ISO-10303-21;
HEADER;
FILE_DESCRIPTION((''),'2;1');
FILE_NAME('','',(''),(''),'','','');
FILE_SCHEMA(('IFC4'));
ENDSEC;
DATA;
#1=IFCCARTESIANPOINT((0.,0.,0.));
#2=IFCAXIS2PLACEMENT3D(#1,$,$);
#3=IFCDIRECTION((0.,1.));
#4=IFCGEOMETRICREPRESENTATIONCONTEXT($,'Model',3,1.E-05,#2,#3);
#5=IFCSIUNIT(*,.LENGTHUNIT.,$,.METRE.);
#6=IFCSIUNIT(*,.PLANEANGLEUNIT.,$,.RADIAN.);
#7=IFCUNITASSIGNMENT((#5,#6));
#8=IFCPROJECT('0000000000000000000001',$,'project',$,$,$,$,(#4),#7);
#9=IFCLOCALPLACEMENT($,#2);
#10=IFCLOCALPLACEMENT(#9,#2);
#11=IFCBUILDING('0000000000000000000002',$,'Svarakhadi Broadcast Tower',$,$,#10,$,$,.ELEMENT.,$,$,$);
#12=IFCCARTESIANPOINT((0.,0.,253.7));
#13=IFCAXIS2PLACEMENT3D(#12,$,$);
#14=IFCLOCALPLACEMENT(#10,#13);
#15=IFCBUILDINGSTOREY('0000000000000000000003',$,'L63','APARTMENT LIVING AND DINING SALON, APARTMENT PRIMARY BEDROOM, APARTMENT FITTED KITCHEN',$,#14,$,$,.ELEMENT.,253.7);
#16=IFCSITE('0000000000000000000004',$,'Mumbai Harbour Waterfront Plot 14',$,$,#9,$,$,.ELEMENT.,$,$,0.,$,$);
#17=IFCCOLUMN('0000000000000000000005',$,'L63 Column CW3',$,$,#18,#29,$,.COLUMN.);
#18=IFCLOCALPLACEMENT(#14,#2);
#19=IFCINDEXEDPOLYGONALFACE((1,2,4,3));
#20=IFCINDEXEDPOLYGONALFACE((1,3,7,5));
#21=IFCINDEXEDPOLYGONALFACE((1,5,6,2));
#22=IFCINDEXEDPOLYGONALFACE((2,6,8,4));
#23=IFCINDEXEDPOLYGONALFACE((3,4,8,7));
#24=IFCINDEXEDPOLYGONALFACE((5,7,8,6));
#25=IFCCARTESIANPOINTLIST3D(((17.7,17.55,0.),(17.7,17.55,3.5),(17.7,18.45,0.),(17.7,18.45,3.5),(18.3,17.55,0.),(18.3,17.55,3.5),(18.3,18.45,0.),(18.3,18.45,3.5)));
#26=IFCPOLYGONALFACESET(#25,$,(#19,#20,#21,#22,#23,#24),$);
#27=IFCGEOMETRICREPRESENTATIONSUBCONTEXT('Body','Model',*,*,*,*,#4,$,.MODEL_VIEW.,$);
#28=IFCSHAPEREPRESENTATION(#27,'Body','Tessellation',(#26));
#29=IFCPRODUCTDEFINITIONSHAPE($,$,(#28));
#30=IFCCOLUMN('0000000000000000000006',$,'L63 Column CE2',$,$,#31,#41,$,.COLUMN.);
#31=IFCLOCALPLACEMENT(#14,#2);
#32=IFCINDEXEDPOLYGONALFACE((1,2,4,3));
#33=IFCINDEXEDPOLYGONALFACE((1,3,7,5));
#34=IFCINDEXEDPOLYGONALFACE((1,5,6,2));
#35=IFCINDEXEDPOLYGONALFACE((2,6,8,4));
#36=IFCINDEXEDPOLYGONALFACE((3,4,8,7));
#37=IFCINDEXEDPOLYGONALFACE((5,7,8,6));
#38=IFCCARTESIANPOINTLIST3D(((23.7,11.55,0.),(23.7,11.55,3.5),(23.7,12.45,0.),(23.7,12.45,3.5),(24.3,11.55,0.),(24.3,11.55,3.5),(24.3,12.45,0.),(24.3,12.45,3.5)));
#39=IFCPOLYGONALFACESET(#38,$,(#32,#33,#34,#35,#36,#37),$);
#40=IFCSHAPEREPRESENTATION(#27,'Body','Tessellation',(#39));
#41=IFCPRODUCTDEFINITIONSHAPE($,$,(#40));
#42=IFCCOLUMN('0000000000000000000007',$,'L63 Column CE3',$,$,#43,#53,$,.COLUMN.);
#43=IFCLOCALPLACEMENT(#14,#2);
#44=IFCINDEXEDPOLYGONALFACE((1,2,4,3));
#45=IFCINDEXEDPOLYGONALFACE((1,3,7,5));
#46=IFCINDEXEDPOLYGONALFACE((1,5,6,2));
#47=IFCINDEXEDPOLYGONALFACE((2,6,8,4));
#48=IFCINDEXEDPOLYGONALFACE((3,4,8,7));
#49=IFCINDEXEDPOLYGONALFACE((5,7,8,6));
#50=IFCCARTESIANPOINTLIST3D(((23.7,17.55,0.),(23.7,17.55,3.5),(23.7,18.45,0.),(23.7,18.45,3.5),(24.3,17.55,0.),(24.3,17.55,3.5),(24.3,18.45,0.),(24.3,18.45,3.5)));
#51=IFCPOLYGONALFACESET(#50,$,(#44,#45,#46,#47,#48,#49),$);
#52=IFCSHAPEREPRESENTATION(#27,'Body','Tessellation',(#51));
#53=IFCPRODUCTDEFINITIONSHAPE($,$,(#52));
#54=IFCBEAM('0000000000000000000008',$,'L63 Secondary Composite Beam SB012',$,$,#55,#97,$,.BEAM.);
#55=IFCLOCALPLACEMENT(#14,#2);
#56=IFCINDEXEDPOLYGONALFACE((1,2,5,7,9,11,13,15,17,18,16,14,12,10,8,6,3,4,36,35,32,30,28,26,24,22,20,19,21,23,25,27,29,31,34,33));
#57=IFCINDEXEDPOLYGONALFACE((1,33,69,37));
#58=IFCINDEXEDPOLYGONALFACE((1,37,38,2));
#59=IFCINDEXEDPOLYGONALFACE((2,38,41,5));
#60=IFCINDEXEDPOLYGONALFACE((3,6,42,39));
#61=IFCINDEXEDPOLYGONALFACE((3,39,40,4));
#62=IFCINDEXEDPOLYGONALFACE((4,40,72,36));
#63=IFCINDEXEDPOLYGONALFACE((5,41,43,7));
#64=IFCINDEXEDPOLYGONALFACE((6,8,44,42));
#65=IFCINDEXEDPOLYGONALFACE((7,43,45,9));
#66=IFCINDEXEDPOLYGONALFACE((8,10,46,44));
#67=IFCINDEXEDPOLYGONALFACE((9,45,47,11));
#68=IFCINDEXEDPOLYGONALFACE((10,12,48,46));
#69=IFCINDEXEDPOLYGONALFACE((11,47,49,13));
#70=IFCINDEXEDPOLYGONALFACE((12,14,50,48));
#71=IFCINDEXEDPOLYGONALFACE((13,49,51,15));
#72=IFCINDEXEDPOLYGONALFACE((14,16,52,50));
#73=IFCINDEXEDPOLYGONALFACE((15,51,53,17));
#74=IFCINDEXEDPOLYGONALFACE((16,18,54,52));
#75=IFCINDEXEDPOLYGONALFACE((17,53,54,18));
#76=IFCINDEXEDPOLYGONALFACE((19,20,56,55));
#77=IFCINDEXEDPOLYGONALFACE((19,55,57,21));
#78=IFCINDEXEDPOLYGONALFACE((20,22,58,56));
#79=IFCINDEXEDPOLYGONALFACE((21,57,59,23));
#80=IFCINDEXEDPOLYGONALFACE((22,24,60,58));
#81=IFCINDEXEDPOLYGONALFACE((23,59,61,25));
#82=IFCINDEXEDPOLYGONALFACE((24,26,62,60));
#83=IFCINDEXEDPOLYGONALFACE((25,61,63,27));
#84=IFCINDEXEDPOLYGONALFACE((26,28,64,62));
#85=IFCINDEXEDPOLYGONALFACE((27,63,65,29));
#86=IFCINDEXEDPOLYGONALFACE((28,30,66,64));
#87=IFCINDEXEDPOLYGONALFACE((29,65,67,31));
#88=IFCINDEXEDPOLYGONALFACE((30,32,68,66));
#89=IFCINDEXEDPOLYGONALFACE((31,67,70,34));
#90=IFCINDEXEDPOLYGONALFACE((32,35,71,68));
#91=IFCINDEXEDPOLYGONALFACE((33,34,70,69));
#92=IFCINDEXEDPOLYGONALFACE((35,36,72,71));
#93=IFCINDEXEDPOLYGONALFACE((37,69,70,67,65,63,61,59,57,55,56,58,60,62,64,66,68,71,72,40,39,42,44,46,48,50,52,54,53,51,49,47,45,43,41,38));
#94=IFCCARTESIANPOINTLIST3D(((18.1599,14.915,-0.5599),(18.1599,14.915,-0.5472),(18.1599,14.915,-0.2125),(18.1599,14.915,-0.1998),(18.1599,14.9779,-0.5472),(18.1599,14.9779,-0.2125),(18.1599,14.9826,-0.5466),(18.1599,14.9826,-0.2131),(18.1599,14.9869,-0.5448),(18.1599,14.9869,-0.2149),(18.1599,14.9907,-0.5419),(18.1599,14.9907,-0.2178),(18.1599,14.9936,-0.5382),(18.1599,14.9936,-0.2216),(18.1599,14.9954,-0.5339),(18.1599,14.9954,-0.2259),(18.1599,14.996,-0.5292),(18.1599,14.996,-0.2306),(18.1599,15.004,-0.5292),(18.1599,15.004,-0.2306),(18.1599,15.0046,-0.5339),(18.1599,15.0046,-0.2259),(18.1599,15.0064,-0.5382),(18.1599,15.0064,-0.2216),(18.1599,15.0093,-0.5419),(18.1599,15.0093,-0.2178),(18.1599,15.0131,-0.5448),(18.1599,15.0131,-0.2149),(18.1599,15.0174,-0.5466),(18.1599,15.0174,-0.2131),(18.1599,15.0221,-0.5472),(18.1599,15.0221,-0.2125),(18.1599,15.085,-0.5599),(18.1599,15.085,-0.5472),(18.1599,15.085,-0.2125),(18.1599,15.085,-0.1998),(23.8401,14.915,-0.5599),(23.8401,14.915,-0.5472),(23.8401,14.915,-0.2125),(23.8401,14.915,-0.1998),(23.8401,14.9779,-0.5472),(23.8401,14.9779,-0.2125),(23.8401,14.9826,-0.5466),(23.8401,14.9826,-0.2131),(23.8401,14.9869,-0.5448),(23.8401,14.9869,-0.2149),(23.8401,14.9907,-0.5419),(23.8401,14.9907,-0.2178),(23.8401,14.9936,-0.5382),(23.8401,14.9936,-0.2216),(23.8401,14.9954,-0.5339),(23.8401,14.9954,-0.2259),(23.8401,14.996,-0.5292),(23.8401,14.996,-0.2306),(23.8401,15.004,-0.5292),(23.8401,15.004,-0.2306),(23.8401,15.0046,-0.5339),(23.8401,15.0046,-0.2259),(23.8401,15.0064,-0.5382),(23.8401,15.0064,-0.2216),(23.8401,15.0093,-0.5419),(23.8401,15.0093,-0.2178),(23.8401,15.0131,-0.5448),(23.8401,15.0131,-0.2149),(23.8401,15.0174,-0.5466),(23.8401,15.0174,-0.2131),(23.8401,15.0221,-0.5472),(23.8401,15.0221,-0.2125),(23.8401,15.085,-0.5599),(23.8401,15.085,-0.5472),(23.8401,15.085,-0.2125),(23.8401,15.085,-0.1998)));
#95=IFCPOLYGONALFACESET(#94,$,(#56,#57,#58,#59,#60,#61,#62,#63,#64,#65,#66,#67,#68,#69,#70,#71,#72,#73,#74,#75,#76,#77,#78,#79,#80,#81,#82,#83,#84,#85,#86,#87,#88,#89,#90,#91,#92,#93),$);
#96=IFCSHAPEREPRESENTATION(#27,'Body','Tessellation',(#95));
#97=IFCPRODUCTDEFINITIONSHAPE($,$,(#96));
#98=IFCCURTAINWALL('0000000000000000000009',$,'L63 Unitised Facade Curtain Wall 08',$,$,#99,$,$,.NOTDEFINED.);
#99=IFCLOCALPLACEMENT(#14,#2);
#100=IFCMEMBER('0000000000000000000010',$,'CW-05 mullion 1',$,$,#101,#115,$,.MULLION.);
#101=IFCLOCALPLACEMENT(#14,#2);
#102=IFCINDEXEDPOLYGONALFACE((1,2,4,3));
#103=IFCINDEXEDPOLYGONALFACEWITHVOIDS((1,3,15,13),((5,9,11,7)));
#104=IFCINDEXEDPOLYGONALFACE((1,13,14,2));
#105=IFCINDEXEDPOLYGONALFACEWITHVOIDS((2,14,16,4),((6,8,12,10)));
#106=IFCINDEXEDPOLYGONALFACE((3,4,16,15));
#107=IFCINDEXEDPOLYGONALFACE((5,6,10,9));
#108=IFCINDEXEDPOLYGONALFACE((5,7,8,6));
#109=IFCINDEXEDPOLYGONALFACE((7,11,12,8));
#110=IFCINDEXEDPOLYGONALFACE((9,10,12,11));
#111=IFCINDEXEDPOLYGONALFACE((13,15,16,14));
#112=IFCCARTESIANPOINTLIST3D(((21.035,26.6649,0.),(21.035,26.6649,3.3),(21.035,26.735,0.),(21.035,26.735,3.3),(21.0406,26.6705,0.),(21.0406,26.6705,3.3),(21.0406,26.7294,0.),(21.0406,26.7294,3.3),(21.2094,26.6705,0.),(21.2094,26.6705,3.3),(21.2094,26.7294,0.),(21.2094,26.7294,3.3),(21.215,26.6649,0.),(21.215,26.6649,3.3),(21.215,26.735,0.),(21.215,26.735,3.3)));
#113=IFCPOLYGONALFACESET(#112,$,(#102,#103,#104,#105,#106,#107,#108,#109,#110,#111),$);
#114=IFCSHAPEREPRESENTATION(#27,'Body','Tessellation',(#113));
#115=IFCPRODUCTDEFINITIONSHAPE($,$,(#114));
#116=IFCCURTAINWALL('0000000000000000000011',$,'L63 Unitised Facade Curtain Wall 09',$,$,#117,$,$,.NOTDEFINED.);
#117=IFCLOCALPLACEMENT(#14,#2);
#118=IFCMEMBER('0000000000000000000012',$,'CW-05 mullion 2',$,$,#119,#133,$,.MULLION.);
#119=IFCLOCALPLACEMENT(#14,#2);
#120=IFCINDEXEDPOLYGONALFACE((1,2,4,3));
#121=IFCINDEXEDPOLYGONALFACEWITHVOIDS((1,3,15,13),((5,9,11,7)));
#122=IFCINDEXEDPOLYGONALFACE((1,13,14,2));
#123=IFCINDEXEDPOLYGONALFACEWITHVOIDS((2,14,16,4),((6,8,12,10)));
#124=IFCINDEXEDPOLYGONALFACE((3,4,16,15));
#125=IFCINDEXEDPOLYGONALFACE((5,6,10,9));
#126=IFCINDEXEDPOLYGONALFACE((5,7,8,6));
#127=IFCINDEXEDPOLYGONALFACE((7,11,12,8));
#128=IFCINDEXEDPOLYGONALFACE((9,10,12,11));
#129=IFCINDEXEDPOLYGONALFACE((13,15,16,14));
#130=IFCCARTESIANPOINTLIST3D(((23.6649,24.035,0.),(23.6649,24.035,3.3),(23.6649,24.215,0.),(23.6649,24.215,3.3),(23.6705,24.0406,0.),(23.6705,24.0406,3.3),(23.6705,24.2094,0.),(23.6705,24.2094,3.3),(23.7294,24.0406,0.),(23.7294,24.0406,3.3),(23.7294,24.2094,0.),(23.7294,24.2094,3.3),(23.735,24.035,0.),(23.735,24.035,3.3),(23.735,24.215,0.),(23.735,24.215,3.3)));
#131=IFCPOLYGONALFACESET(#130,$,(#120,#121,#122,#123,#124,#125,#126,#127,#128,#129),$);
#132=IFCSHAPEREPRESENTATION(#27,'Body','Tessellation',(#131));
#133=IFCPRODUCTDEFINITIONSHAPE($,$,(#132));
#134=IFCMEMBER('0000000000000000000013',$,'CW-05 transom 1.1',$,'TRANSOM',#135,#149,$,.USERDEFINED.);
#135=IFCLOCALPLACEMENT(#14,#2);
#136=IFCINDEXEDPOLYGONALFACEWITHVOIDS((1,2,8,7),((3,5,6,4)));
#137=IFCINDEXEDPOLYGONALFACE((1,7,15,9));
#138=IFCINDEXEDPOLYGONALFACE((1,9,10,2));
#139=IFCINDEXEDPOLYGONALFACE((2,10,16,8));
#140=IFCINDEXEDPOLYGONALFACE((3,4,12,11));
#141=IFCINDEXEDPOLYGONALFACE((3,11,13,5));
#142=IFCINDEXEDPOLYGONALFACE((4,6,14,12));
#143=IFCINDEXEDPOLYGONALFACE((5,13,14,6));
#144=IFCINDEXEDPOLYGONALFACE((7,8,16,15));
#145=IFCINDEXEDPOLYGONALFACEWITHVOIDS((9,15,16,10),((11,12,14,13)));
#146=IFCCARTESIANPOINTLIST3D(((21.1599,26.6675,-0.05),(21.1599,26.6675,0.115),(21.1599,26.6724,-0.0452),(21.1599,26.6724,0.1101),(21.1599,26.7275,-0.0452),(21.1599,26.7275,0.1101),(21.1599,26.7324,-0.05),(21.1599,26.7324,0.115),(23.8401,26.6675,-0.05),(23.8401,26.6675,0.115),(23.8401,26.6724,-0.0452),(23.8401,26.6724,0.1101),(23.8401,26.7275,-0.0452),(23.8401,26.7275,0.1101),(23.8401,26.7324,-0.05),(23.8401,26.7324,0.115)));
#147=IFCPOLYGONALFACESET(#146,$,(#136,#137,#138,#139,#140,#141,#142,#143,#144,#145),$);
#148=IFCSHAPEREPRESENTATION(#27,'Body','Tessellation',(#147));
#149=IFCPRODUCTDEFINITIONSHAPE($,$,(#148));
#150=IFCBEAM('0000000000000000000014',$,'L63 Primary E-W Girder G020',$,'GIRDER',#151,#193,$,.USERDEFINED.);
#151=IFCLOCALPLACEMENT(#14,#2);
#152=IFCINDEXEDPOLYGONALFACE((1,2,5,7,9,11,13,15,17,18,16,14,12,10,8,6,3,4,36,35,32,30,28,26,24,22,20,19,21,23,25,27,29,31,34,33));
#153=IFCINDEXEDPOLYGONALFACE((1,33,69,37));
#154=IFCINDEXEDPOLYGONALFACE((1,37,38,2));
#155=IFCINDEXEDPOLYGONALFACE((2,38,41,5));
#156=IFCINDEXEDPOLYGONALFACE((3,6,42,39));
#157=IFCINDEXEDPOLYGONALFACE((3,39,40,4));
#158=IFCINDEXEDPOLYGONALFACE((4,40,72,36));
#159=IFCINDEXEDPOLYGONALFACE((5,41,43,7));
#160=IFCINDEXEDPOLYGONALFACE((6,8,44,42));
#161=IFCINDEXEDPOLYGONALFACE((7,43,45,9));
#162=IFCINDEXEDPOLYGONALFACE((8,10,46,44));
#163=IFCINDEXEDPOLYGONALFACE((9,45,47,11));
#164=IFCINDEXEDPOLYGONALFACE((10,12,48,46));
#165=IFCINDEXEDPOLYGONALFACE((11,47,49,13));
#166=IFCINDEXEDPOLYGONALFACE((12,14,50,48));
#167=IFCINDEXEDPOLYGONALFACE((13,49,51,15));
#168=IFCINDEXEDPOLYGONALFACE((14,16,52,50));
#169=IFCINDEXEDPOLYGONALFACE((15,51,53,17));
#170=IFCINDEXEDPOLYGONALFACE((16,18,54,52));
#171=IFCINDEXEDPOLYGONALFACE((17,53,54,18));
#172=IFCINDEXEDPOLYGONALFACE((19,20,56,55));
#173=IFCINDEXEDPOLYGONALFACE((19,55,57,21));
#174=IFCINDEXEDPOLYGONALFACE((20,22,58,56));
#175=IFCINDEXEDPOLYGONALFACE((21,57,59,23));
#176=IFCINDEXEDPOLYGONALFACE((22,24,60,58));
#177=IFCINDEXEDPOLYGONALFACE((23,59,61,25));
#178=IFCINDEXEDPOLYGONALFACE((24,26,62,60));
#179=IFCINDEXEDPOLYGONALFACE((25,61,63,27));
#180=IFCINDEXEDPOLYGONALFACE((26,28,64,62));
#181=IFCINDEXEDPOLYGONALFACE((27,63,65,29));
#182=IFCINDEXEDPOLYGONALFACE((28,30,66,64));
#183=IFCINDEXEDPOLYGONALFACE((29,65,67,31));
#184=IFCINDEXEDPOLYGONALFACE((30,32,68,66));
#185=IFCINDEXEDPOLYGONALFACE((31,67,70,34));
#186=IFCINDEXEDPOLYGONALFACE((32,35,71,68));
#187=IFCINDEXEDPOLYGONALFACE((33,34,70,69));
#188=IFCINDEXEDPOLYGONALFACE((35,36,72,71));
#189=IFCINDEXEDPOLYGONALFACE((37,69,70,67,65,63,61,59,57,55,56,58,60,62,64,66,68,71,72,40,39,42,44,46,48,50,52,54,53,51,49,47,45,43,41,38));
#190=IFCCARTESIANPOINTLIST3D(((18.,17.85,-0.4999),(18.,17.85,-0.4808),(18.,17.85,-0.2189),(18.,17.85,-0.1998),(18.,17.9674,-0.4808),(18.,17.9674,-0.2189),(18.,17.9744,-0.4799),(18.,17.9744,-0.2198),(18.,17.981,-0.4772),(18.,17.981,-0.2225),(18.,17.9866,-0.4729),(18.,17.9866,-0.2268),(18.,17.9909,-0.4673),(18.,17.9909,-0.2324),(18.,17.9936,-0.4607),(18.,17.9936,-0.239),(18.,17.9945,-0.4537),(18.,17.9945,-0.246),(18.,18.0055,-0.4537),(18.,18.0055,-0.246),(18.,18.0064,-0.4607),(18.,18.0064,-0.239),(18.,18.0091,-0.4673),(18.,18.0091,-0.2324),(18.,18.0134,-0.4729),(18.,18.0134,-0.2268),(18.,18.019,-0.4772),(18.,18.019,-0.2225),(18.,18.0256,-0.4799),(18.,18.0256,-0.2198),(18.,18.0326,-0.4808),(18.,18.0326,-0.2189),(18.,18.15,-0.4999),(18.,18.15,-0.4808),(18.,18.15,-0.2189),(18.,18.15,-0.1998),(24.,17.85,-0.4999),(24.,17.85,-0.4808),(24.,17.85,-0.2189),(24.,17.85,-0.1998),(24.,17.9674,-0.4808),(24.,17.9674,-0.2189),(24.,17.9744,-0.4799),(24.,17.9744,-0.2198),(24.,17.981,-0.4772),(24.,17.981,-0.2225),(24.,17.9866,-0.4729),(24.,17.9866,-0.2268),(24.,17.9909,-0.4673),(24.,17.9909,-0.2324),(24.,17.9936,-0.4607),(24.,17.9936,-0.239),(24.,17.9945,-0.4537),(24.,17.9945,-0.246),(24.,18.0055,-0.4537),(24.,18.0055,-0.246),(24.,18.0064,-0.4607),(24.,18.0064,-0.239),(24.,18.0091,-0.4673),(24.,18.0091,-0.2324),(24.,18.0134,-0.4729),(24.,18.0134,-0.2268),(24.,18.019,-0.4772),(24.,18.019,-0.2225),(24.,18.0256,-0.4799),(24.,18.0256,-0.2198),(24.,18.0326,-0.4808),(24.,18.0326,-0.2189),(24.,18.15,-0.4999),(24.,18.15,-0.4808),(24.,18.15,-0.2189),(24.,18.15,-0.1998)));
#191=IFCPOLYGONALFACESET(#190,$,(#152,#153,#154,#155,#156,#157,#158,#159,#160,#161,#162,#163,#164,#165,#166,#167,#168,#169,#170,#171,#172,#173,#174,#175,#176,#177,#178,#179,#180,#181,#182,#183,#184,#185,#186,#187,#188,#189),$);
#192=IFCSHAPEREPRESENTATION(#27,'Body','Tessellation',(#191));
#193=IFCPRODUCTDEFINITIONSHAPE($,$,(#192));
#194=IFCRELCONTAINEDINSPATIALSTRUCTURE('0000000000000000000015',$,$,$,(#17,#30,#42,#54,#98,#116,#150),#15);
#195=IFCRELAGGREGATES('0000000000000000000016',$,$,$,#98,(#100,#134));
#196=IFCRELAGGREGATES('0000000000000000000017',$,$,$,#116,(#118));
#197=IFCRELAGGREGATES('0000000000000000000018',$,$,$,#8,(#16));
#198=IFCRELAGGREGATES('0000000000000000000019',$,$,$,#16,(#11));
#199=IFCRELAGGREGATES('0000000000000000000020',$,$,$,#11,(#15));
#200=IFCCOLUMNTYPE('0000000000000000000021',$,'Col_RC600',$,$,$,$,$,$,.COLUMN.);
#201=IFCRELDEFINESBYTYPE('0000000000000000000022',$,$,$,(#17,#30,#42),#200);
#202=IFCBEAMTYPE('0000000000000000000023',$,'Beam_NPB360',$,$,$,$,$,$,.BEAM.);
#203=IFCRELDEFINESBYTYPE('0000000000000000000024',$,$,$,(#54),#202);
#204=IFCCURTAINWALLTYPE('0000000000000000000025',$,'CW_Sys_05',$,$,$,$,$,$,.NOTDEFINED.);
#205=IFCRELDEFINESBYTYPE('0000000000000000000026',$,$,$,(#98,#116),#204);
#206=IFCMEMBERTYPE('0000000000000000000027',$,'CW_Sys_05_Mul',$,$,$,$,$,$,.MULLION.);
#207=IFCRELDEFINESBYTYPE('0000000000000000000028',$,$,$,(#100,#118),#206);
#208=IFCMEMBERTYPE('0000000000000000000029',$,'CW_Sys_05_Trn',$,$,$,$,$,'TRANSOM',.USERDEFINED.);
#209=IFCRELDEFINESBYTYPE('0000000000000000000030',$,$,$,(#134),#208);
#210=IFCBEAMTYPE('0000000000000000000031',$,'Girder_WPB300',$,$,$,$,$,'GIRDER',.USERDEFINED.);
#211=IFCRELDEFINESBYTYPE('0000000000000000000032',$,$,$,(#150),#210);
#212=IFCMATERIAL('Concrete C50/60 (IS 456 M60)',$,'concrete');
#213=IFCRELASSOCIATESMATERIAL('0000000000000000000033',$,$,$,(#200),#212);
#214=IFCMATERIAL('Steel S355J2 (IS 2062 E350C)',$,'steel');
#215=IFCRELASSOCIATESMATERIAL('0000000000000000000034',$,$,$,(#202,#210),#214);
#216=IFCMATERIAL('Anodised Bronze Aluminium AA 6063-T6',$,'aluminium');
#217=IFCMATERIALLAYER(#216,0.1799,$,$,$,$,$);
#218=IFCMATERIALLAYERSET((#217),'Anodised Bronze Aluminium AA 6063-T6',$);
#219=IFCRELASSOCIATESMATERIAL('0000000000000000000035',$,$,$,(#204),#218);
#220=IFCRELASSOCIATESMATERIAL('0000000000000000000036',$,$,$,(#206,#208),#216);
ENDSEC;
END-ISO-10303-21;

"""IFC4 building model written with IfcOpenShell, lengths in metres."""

from ifc_helpers import new_model, si_unit, direction, frame, origin, origin_2d, place, context, subcontext, project, spatial, rectangle, hollow_rectangle, i_section, extrude, material, layer, layer_set, material_profile, profile_set, type_object, element, aggregate, save


model = new_model("IFC4")

# Units and contexts
model_context = context("Model", 3, precision=1e-05, world=origin(), true_north=direction((0.0, 1.0)))
body_context = subcontext(model_context, "Body", "Model", "MODEL_VIEW")
ifc_project = project(units=[si_unit("LENGTHUNIT", "METRE"), si_unit("PLANEANGLEUNIT", "RADIAN")], contexts=[model_context])

# Site, building, storey
site_placement = place(None, origin())
site = spatial("IfcSite", under=ifc_project, at=site_placement, Name="Mumbai Harbour Waterfront Plot 14", CompositionType="ELEMENT", RefElevation=0.0)
building_placement = place(site_placement, origin())
building = spatial("IfcBuilding", under=site, at=building_placement, Name="Svarakhadi Broadcast Tower", CompositionType="ELEMENT")
storey_placement = place(building_placement, frame((0.0, 0.0, 253.7)))
storey = spatial("IfcBuildingStorey", under=building, at=storey_placement, Name="L63", Description="APARTMENT LIVING AND DINING SALON, APARTMENT PRIMARY BEDROOM, APARTMENT FITTED KITCHEN", CompositionType="ELEMENT", Elevation=253.7)

# Columns
ifc_material_1 = material(Name="Concrete C50/60 (IS 456 M60)", Category="concrete")
ifc_material_profile_1 = material_profile(ifc_material_1, rectangle(XDim=0.6001, YDim=0.8999, at=origin_2d()), Name="RC 600x900")
ifc_profile_set_1 = profile_set([ifc_material_profile_1], Name="Concrete C50/60 (IS 456 M60)")
column_type = type_object("IfcColumnType", Name="Col_RC600", PredefinedType="COLUMN", material=ifc_profile_set_1)
for number, where, z_axis, x_axis, name in (
    (1, (18.0, 18.0, 0.0), (0.0, 0.0, 1.0), (1.0, 0.0, 0.0), "L63 Column CW3"),
    (2, (24.0, 12.0, 0.0), (0.0, 0.0, 1.0), (1.0, 0.0, 0.0), "L63 Column CE2"),
    (3, (24.0, 18.0, 0.0), (0.0, 0.0, 1.0), (1.0, 0.0, 0.0), "L63 Column CE3"),
):
    element("IfcColumn", number, at=place(storey_placement, frame(where, z_axis=z_axis, x_axis=x_axis)), inside=storey, type_object=column_type, Name=name, PredefinedType="COLUMN", context=body_context, shape_type="SweptSolid", body=[
        extrude(rectangle(XDim=0.6001, YDim=0.8999, at=origin_2d()), origin(), (0.0, 0.0, 1.0), 3.5),
    ])

# Beam
ifc_material_2 = material(Name="Steel S355J2 (IS 2062 E350C)", Category="steel")
ifc_material_profile_2 = material_profile(ifc_material_2, i_section(OverallWidth=0.1699, OverallDepth=0.3601, WebThickness=0.0081, FlangeThickness=0.0127, FilletRadius=0.0181, at=origin_2d()), Name="NPB 360x170x57")
ifc_profile_set_2 = profile_set([ifc_material_profile_2], Name="Steel S355J2 (IS 2062 E350C)")
beam_type_1 = type_object("IfcBeamType", Name="Beam_NPB360", PredefinedType="BEAM", material=ifc_profile_set_2)
beam_1_placement = place(storey_placement, frame((18.1599, 15.0, -0.3799), z_axis=(1.0, 0.0, 0.0), x_axis=(0.0, 1.0, 0.0)))
element("IfcBeam", 4, at=beam_1_placement, inside=storey, type_object=beam_type_1, Name="L63 Secondary Composite Beam SB012", PredefinedType="BEAM", context=body_context, shape_type="SweptSolid", body=[
    extrude(i_section(OverallWidth=0.1699, OverallDepth=0.3601, WebThickness=0.0081, FlangeThickness=0.0127, FilletRadius=0.0181, at=origin_2d()), origin(), (0.0, 0.0, 1.0), 5.6802),
])

# Curtain walls, members
ifc_material_3 = material(Name="Anodised Bronze Aluminium AA 6063-T6", Category="aluminium")
ifc_layer_1 = layer(ifc_material_3, 0.1799)
ifc_layer_set_1 = layer_set([ifc_layer_1], Name="Anodised Bronze Aluminium AA 6063-T6")
curtain_wall_type = type_object("IfcCurtainWallType", Name="CW_Sys_05", PredefinedType="NOTDEFINED", material=ifc_layer_set_1)
curtain_wall_1_placement = place(storey_placement, origin())
curtain_wall_1 = element("IfcCurtainWall", 5, at=curtain_wall_1_placement, inside=storey, type_object=curtain_wall_type, Name="L63 Unitised Facade Curtain Wall 08", PredefinedType="NOTDEFINED")
ifc_material_profile_3 = material_profile(ifc_material_3, hollow_rectangle(XDim=0.0701, YDim=0.1799, WallThickness=0.0056, at=origin_2d()), Name="ALU MULLION 180x70x6")
ifc_profile_set_3 = profile_set([ifc_material_profile_3], Name="Anodised Bronze Aluminium AA 6063-T6")
member_type_1 = type_object("IfcMemberType", Name="CW_Sys_05_Mul", PredefinedType="MULLION", material=ifc_profile_set_3)
member_1_placement = place(storey_placement, frame((21.125, 26.7, 0.0), z_axis=(0.0, 0.0, 1.0), x_axis=(0.0, 1.0, 0.0)))
member_1 = element("IfcMember", 6, at=member_1_placement, type_object=member_type_1, Name="CW-05 mullion 1", PredefinedType="MULLION", context=body_context, shape_type="SweptSolid", body=[
    extrude(hollow_rectangle(XDim=0.0701, YDim=0.1799, WallThickness=0.0056, at=origin_2d()), origin(), (0.0, 0.0, 1.0), 3.3),
])
curtain_wall_2_placement = place(storey_placement, origin())
curtain_wall_2 = element("IfcCurtainWall", 7, at=curtain_wall_2_placement, inside=storey, type_object=curtain_wall_type, Name="L63 Unitised Facade Curtain Wall 09", PredefinedType="NOTDEFINED")
member_2_placement = place(storey_placement, frame((23.7, 24.125, 0.0), z_axis=(0.0, 0.0, 1.0), x_axis=(1.0, 0.0, 0.0)))
member_2 = element("IfcMember", 8, at=member_2_placement, type_object=member_type_1, Name="CW-05 mullion 2", PredefinedType="MULLION", context=body_context, shape_type="SweptSolid", body=[
    extrude(hollow_rectangle(XDim=0.0701, YDim=0.1799, WallThickness=0.0056, at=origin_2d()), origin(), (0.0, 0.0, 1.0), 3.3),
])

# Member
ifc_material_profile_4 = material_profile(ifc_material_3, hollow_rectangle(XDim=0.0649, YDim=0.165, WallThickness=0.0049, at=origin_2d()), Name="ALU TRANSOM 165x65x5")
ifc_profile_set_4 = profile_set([ifc_material_profile_4], Name="Anodised Bronze Aluminium AA 6063-T6")
member_type_2 = type_object("IfcMemberType", Name="CW_Sys_05_Trn", ElementType="TRANSOM", PredefinedType="USERDEFINED", material=ifc_profile_set_4)
member_3_placement = place(storey_placement, frame((21.1599, 26.7, 0.0325), z_axis=(1.0, 0.0, 0.0), x_axis=(0.0, 1.0, 0.0)))
member_3 = element("IfcMember", 9, at=member_3_placement, type_object=member_type_2, Name="CW-05 transom 1.1", ObjectType="TRANSOM", PredefinedType="USERDEFINED", context=body_context, shape_type="SweptSolid", body=[
    extrude(hollow_rectangle(XDim=0.0649, YDim=0.165, WallThickness=0.0049, at=origin_2d()), origin(), (0.0, 0.0, 1.0), 2.6802),
])
aggregate(curtain_wall_1, [member_1, member_3])

# Beam
ifc_material_profile_5 = material_profile(ifc_material_2, i_section(OverallWidth=0.3, OverallDepth=0.3, WebThickness=0.011, FlangeThickness=0.019, FilletRadius=0.0271, at=origin_2d()), Name="WPB 300x300x117")
ifc_profile_set_5 = profile_set([ifc_material_profile_5], Name="Steel S355J2 (IS 2062 E350C)")
beam_type_2 = type_object("IfcBeamType", Name="Girder_WPB300", ElementType="GIRDER", PredefinedType="USERDEFINED", material=ifc_profile_set_5)
for number, where, z_axis, x_axis, name in (
    (10, (18.0, 18.0, -0.3499), (1.0, 0.0, 0.0), (0.0, 1.0, 0.0), "L63 Primary E-W Girder G020"),
):
    element("IfcBeam", number, at=place(storey_placement, frame(where, z_axis=z_axis, x_axis=x_axis)), inside=storey, type_object=beam_type_2, Name=name, ObjectType="GIRDER", PredefinedType="USERDEFINED", context=body_context, shape_type="SweptSolid", body=[
        extrude(i_section(OverallWidth=0.3, OverallDepth=0.3, WebThickness=0.011, FlangeThickness=0.019, FilletRadius=0.0271, at=origin_2d()), origin(), (0.0, 0.0, 1.0), 6.0),
    ])

aggregate(curtain_wall_2, [member_2])

save(model, "model.ifc")
